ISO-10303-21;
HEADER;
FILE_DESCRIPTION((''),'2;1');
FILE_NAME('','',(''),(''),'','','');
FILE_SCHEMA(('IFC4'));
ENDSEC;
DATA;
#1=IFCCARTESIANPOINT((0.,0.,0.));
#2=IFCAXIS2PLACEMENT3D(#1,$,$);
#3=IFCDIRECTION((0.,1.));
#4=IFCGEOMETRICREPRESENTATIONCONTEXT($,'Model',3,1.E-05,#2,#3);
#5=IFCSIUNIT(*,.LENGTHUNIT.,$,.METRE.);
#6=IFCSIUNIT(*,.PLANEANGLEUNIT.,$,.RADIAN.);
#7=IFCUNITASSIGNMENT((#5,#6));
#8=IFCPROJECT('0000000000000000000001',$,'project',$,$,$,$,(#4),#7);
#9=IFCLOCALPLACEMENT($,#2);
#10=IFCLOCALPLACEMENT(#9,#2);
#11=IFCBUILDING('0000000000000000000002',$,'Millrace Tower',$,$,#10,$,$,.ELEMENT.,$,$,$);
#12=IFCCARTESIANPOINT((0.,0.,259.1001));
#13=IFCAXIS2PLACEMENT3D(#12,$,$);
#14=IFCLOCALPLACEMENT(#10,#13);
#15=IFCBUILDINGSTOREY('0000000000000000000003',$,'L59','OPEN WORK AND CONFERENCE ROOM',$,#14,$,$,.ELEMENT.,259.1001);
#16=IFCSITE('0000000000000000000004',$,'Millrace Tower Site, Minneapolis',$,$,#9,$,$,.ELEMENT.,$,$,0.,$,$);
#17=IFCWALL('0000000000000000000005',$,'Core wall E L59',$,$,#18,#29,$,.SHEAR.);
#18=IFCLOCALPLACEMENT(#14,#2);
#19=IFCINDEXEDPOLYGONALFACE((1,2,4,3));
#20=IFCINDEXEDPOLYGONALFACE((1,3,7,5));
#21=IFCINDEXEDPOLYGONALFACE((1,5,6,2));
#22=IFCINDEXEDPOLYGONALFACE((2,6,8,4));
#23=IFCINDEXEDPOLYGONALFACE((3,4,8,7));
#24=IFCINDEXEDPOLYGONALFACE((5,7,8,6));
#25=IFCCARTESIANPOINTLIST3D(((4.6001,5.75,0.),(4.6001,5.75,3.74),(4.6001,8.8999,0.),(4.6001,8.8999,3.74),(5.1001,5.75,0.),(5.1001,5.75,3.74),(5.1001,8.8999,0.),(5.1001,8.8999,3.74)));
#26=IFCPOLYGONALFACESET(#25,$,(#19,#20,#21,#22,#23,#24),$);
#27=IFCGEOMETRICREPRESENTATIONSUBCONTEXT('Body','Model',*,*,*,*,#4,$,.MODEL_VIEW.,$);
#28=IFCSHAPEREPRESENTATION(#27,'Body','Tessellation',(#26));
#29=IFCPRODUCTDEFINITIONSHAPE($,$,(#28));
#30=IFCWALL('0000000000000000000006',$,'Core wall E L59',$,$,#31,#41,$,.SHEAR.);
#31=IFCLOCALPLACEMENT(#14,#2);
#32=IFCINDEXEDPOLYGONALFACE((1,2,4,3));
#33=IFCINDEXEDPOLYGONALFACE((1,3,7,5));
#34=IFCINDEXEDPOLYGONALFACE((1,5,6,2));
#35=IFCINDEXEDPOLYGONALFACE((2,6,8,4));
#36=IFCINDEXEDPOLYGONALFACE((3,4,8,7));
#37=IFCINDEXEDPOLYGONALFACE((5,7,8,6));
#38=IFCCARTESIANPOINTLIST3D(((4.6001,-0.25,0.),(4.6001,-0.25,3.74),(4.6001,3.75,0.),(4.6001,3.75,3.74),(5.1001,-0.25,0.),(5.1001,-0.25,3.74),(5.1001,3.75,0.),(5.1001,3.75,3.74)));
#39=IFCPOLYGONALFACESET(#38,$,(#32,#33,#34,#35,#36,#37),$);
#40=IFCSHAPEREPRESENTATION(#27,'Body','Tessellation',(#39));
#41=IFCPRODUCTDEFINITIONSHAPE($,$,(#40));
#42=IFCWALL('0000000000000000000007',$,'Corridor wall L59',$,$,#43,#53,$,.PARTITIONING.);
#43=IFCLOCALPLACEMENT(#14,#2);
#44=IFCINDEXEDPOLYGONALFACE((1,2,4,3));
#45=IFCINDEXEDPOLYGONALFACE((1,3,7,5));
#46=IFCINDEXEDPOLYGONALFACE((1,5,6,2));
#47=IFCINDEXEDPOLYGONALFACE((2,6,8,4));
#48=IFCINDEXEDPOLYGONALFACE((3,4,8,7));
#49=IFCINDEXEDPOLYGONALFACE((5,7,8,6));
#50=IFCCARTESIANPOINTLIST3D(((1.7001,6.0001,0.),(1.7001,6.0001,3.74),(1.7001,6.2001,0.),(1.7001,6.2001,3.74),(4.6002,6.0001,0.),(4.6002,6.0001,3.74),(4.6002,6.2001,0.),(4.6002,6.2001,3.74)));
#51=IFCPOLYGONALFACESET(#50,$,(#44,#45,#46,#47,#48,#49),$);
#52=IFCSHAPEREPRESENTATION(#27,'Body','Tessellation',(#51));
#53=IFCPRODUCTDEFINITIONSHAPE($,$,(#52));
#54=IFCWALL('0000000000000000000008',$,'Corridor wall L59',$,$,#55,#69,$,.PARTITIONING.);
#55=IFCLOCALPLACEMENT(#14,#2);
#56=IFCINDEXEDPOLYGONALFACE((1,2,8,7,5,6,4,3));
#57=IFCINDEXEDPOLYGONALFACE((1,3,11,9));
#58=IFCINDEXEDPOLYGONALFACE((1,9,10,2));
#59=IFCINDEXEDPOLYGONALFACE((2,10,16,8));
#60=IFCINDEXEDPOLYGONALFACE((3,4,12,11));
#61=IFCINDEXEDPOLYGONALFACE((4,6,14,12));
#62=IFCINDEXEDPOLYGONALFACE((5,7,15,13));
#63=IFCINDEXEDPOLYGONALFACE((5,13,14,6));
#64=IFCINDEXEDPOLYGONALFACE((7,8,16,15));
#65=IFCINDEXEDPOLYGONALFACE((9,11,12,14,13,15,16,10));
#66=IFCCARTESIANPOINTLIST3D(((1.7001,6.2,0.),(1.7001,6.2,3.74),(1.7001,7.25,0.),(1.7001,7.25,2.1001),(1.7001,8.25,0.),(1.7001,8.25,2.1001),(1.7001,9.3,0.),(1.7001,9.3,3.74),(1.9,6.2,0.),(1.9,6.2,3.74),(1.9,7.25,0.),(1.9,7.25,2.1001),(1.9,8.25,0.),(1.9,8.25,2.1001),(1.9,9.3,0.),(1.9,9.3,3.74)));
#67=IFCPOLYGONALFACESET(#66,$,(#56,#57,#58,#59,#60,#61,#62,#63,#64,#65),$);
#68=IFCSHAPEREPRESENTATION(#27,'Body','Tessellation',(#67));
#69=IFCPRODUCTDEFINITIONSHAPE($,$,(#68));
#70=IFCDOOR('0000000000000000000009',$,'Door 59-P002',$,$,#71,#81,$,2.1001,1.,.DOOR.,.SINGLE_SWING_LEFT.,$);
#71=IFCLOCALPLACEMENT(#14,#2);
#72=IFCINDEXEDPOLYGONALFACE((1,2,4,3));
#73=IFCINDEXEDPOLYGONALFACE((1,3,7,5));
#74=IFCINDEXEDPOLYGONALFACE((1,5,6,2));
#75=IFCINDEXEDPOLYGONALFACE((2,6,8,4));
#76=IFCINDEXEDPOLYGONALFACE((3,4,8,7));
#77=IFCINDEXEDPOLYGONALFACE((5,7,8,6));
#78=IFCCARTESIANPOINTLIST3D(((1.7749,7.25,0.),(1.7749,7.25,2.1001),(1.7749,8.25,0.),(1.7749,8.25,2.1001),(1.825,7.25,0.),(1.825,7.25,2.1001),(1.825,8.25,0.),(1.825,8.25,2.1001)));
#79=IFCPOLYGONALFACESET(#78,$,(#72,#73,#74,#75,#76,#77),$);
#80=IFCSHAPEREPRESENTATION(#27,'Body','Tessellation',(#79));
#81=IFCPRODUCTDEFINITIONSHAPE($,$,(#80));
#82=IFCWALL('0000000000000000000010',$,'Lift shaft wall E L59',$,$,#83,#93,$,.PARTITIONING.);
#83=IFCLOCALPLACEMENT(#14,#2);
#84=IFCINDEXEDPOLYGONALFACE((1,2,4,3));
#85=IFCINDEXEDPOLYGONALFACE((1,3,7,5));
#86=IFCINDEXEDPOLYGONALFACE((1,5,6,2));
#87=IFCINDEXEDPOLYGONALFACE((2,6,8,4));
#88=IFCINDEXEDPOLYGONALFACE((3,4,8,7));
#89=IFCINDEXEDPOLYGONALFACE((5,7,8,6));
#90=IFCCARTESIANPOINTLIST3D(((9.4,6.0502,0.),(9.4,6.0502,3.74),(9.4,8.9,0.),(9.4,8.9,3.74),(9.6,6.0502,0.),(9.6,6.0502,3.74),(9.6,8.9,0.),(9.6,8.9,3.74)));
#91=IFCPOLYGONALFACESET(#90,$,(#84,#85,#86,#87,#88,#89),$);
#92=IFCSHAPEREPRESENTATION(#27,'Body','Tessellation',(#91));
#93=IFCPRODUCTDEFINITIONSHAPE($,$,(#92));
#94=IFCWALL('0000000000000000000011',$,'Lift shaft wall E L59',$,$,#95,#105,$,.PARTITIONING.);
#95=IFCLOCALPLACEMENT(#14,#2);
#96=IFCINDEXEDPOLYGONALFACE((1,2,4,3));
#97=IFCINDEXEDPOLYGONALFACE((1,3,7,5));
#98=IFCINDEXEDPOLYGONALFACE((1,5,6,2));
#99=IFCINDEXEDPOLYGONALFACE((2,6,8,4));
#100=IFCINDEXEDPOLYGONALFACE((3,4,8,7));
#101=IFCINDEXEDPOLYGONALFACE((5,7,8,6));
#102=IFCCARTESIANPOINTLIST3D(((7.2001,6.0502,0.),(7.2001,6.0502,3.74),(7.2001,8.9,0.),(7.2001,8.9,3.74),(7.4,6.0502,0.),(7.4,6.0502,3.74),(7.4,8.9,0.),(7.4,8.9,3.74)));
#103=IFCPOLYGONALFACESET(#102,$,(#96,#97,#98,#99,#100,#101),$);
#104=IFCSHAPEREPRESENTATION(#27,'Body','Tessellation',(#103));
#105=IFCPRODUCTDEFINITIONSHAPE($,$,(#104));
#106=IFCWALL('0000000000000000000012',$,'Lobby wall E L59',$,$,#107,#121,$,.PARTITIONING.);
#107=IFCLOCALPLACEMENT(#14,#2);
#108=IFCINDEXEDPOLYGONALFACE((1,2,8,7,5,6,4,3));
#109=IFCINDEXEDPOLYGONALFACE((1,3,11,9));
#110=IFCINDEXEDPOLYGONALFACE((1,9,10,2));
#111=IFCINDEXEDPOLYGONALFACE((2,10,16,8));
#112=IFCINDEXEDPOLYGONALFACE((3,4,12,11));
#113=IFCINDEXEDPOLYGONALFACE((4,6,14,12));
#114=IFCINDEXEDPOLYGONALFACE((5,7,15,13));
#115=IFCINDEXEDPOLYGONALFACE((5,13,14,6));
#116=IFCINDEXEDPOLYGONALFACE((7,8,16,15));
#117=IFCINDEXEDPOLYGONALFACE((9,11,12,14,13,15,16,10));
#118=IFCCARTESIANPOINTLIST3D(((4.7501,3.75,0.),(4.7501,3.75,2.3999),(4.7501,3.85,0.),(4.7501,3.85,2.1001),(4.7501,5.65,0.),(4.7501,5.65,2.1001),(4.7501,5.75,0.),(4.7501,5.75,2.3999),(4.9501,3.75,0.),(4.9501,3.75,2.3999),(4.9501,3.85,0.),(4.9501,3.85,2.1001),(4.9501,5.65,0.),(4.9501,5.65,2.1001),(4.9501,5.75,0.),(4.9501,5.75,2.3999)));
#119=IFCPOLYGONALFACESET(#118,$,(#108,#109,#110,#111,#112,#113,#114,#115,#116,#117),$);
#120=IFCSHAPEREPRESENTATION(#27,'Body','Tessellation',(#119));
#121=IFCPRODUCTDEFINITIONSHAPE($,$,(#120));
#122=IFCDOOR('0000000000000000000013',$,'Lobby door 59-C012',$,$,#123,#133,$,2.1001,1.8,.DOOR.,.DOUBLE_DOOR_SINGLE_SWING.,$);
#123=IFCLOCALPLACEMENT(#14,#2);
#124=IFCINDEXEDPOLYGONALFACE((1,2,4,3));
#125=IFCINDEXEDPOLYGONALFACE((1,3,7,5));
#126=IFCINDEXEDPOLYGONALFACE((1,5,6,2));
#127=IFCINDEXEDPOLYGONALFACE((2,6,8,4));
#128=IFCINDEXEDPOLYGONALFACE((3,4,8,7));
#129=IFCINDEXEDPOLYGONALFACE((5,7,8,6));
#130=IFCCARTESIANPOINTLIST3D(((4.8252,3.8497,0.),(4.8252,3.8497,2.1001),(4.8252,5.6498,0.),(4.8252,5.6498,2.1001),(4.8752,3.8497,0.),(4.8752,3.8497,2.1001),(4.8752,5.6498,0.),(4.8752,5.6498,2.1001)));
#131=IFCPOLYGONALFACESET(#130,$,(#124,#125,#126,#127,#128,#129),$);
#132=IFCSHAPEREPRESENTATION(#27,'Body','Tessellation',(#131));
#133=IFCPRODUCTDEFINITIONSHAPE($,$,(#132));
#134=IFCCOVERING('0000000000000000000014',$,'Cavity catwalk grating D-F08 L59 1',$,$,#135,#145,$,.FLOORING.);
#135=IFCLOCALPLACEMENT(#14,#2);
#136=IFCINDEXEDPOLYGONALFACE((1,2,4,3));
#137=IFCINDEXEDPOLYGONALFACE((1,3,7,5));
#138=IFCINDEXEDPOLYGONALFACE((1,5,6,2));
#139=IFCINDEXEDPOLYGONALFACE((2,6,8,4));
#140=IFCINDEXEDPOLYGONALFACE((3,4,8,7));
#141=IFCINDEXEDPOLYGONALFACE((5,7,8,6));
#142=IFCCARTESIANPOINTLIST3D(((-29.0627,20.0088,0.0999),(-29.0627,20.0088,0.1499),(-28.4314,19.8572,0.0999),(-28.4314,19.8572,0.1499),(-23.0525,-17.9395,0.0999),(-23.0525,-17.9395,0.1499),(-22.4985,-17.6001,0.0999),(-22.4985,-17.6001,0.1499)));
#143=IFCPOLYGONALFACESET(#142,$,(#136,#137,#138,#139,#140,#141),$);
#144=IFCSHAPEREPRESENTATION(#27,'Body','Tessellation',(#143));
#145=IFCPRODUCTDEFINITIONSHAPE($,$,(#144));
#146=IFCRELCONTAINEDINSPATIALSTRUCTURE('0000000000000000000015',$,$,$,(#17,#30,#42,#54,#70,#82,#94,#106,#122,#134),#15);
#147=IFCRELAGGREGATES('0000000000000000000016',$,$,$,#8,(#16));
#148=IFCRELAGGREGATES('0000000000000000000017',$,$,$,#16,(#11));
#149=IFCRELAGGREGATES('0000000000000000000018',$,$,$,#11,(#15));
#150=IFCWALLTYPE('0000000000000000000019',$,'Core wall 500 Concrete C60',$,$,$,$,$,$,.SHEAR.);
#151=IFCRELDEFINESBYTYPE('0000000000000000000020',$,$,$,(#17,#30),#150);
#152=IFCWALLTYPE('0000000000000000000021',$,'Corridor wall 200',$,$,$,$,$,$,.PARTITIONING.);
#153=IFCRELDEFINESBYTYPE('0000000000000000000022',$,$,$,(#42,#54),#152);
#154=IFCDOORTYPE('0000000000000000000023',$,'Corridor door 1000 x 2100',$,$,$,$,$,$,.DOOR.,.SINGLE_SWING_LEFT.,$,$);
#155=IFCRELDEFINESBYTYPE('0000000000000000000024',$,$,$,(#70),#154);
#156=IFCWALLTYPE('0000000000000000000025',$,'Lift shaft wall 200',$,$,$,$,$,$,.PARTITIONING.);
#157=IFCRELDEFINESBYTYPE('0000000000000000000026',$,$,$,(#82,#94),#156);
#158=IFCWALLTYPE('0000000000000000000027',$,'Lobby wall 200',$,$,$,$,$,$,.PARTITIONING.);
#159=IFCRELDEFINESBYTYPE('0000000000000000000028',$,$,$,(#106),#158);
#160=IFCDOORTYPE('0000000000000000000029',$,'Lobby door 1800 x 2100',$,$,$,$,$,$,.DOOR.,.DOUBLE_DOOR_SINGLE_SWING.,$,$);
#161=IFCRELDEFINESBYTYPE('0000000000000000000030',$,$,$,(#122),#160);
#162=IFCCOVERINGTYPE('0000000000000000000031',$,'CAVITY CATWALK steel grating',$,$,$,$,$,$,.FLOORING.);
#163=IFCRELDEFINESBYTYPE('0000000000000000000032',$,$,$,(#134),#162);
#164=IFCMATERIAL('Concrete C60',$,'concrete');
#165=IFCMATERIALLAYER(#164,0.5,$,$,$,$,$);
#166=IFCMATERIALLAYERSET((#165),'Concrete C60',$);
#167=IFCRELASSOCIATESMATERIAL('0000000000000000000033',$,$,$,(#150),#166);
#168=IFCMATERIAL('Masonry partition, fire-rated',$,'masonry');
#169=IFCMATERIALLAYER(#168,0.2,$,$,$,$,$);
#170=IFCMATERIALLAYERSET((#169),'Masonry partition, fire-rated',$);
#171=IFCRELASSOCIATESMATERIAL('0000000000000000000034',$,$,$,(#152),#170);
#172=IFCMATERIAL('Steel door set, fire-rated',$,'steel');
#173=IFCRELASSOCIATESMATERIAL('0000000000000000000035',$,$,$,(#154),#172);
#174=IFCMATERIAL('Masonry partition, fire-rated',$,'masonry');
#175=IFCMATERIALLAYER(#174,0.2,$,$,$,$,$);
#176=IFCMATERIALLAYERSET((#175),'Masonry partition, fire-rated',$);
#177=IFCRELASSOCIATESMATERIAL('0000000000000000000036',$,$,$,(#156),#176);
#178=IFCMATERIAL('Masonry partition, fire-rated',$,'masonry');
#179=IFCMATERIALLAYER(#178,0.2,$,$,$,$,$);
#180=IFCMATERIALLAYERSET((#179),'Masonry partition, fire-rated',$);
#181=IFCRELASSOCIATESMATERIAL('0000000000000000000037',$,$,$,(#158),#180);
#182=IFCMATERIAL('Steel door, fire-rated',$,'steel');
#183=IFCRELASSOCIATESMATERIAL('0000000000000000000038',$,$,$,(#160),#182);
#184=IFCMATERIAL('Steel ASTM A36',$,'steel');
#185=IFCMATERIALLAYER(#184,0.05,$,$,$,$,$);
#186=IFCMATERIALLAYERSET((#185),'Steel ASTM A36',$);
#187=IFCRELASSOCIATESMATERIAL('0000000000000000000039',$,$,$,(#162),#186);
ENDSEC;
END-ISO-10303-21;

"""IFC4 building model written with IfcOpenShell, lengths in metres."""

from ifc_helpers import new_model, si_unit, direction, frame, frame_2d, origin, place, context, subcontext, project, spatial, polyline, rectangle, outline, extrude, material, layer, layer_set, type_object, element, fill, save


model = new_model("IFC4")

# Units and contexts
model_context = context("Model", 3, precision=1e-05, world=origin(), true_north=direction((0.0, 1.0)))
body_context = subcontext(model_context, "Body", "Model", "MODEL_VIEW")
ifc_project = project(units=[si_unit("LENGTHUNIT", "METRE"), si_unit("PLANEANGLEUNIT", "RADIAN")], contexts=[model_context])

# Site, building, storey
site_placement = place(None, origin())
site = spatial("IfcSite", under=ifc_project, at=site_placement, Name="Millrace Tower Site, Minneapolis", CompositionType="ELEMENT", RefElevation=0.0)
building_placement = place(site_placement, origin())
building = spatial("IfcBuilding", under=site, at=building_placement, Name="Millrace Tower", CompositionType="ELEMENT")
storey_placement = place(building_placement, frame((0.0, 0.0, 259.1001)))
storey = spatial("IfcBuildingStorey", under=building, at=storey_placement, Name="L59", Description="OPEN WORK AND CONFERENCE ROOM", CompositionType="ELEMENT", Elevation=259.1001)

# Walls
ifc_material_1 = material(Name="Concrete C60", Category="concrete")
ifc_layer_1 = layer(ifc_material_1, 0.5)
ifc_layer_set_1 = layer_set([ifc_layer_1], Name="Concrete C60")
wall_type_1 = type_object("IfcWallType", Name="Core wall 500 Concrete C60", PredefinedType="SHEAR", material=ifc_layer_set_1)
wall_1_placement = place(storey_placement, frame((4.8501, 8.8999, 0.0), z_axis=(0.0, 0.0, 1.0), x_axis=(0.0, -1.0, 0.0)))
element("IfcWall", 1, at=wall_1_placement, inside=storey, type_object=wall_type_1, Name="Core wall E L59", PredefinedType="SHEAR", context=body_context, shape_type="SweptSolid", body=[
    extrude(rectangle(XDim=3.1499, YDim=0.5, at=frame_2d((1.575, 0.0))), origin(), (0.0, 0.0, 1.0), 3.74),
])
wall_2_placement = place(storey_placement, frame((4.8501, 3.75, 0.0), z_axis=(0.0, 0.0, 1.0), x_axis=(0.0, -1.0, 0.0)))
element("IfcWall", 2, at=wall_2_placement, inside=storey, type_object=wall_type_1, Name="Core wall E L59", PredefinedType="SHEAR", context=body_context, shape_type="SweptSolid", body=[
    extrude(rectangle(XDim=4.0, YDim=0.5, at=frame_2d((2.0, 0.0))), origin(), (0.0, 0.0, 1.0), 3.74),
])
ifc_material_2 = material(Name="Masonry partition, fire-rated", Category="masonry")
ifc_layer_2 = layer(ifc_material_2, 0.2)
ifc_layer_set_2 = layer_set([ifc_layer_2], Name="Masonry partition, fire-rated")
wall_type_2 = type_object("IfcWallType", Name="Corridor wall 200", PredefinedType="PARTITIONING", material=ifc_layer_set_2)
wall_3_placement = place(storey_placement, frame((1.7, 6.1001, 0.0), z_axis=(0.0, 0.0, 1.0), x_axis=(1.0, 0.0, 0.0)))
element("IfcWall", 3, at=wall_3_placement, inside=storey, type_object=wall_type_2, Name="Corridor wall L59", PredefinedType="PARTITIONING", context=body_context, shape_type="SweptSolid", body=[
    extrude(rectangle(XDim=2.9001, YDim=0.2, at=frame_2d((1.4502, 0.0))), origin(), (0.0, 0.0, 1.0), 3.74),
])

# Wall, opening, door
wall_4_placement = place(storey_placement, frame((1.8, 6.2, 0.0), z_axis=(0.0, 0.0, 1.0), x_axis=(0.0, 1.0, 0.0)))
wall_4 = element("IfcWall", 4, at=wall_4_placement, inside=storey, type_object=wall_type_2, Name="Corridor wall L59", PredefinedType="PARTITIONING", context=body_context, shape_type="SweptSolid", body=[
    extrude(rectangle(XDim=3.1001, YDim=0.2, at=frame_2d((1.55, 0.0))), origin(), (0.0, 0.0, 1.0), 3.74),
])
opening_1_placement = place(wall_4_placement, frame((1.05, 0.0, 0.0)))
opening_1 = element("IfcOpeningElement", 5, at=opening_1_placement, cuts=wall_4, PredefinedType="OPENING", context=body_context, shape_type="SweptSolid", body=[
    extrude(rectangle(XDim=1.0, YDim=2.1001, at=frame_2d((0.5, 1.05))), frame((0.0, 0.1099, 0.0), z_axis=(0.0, -1.0, 0.0), x_axis=(1.0, 0.0, 0.0)), (0.0, 0.0, 1.0), 0.22),
])
ifc_material_3 = material(Name="Steel door set, fire-rated", Category="steel")
door_type_1 = type_object("IfcDoorType", Name="Corridor door 1000 x 2100", OperationType="SINGLE_SWING_LEFT", PredefinedType="DOOR", material=ifc_material_3)
door_1_placement = place(opening_1_placement, frame((1.0, 0.0, 0.0), z_axis=(0.0, 0.0, 1.0), x_axis=(-1.0, 0.0, 0.0)))
door_1 = element("IfcDoor", 6, at=door_1_placement, inside=storey, type_object=door_type_1, Name="Door 59-P002", OperationType="SINGLE_SWING_LEFT", OverallHeight=2.1001, OverallWidth=1.0, PredefinedType="DOOR", context=body_context, shape_type="SweptSolid", body=[
    extrude(rectangle(XDim=1.0, YDim=2.1001, at=frame_2d((0.5, 1.05))), frame((0.0, 0.0249, 0.0), z_axis=(0.0, -1.0, 0.0), x_axis=(1.0, 0.0, 0.0)), (0.0, 0.0, 1.0), 0.05),
])
fill(opening_1, door_1)

# Walls
ifc_material_4 = material(Name="Masonry partition, fire-rated", Category="masonry")
ifc_layer_3 = layer(ifc_material_4, 0.2)
ifc_layer_set_3 = layer_set([ifc_layer_3], Name="Masonry partition, fire-rated")
wall_type_3 = type_object("IfcWallType", Name="Lift shaft wall 200", PredefinedType="PARTITIONING", material=ifc_layer_set_3)
for number, where, z_axis, x_axis, name in (
    (7, (9.5, 8.8999, 0.0), (0.0, 0.0, 1.0), (0.0, -1.0, 0.0), "Lift shaft wall E L59"),
    (8, (7.3, 8.8999, 0.0), (0.0, 0.0, 1.0), (0.0, -1.0, 0.0), "Lift shaft wall E L59"),
):
    element("IfcWall", number, at=place(storey_placement, frame(where, z_axis=z_axis, x_axis=x_axis)), inside=storey, type_object=wall_type_3, Name=name, PredefinedType="PARTITIONING", context=body_context, shape_type="SweptSolid", body=[
        extrude(rectangle(XDim=2.8499, YDim=0.2, at=frame_2d((1.4248, 0.0))), origin(), (0.0, 0.0, 1.0), 3.74),
    ])

# Wall, opening, door
ifc_material_5 = material(Name="Masonry partition, fire-rated", Category="masonry")
ifc_layer_4 = layer(ifc_material_5, 0.2)
ifc_layer_set_4 = layer_set([ifc_layer_4], Name="Masonry partition, fire-rated")
wall_type_4 = type_object("IfcWallType", Name="Lobby wall 200", PredefinedType="PARTITIONING", material=ifc_layer_set_4)
wall_5_placement = place(storey_placement, frame((4.8501, 5.75, 0.0), z_axis=(0.0, 0.0, 1.0), x_axis=(0.0, -1.0, 0.0)))
wall_5 = element("IfcWall", 9, at=wall_5_placement, inside=storey, type_object=wall_type_4, Name="Lobby wall E L59", PredefinedType="PARTITIONING", context=body_context, shape_type="SweptSolid", body=[
    extrude(rectangle(XDim=2.0, YDim=0.2, at=frame_2d((1.0, 0.0))), origin(), (0.0, 0.0, 1.0), 2.3999),
])
opening_2_placement = place(wall_5_placement, frame((0.1001, 0.0, 0.0)))
opening_2 = element("IfcOpeningElement", 10, at=opening_2_placement, cuts=wall_5, PredefinedType="OPENING", context=body_context, shape_type="SweptSolid", body=[
    extrude(rectangle(XDim=1.8, YDim=2.1001, at=frame_2d((0.8999, 1.05))), frame((0.0, 0.1099, 0.0), z_axis=(0.0, -1.0, 0.0), x_axis=(1.0, 0.0, 0.0)), (0.0, 0.0, 1.0), 0.22),
])
ifc_material_6 = material(Name="Steel door, fire-rated", Category="steel")
door_type_2 = type_object("IfcDoorType", Name="Lobby door 1800 x 2100", OperationType="DOUBLE_DOOR_SINGLE_SWING", PredefinedType="DOOR", material=ifc_material_6)
door_2_placement = place(opening_2_placement, frame((1.8, 0.0, 0.0), z_axis=(0.0, 0.0, 1.0), x_axis=(-1.0, 0.0, 0.0)))
door_2 = element("IfcDoor", 11, at=door_2_placement, inside=storey, type_object=door_type_2, Name="Lobby door 59-C012", OperationType="DOUBLE_DOOR_SINGLE_SWING", OverallHeight=2.1001, OverallWidth=1.8, PredefinedType="DOOR", context=body_context, shape_type="SweptSolid", body=[
    extrude(rectangle(XDim=1.8, YDim=2.1001, at=frame_2d((0.8999, 1.05))), frame((0.0, 0.0249, 0.0), z_axis=(0.0, -1.0, 0.0), x_axis=(1.0, 0.0, 0.0)), (0.0, 0.0, 1.0), 0.05),
])
fill(opening_2, door_2)

# Covering
ifc_material_7 = material(Name="Steel ASTM A36", Category="steel")
ifc_layer_5 = layer(ifc_material_7, 0.05)
ifc_layer_set_5 = layer_set([ifc_layer_5], Name="Steel ASTM A36")
covering_type = type_object("IfcCoveringType", Name="CAVITY CATWALK steel grating", PredefinedType="FLOORING", material=ifc_layer_set_5)
covering_placement = place(storey_placement, frame((0.0, 0.0, 0.0999)))
element("IfcCovering", 12, at=covering_placement, inside=storey, type_object=covering_type, Name="Cavity catwalk grating D-F08 L59 1", PredefinedType="FLOORING", context=body_context, shape_type="SweptSolid", body=[
    extrude(outline(polyline([(-29.0627, 20.0088), (-23.0525, -17.9395), (-22.4985, -17.6001), (-28.4314, 19.8572), (-29.0627, 20.0088)])), origin(), (0.0, 0.0, 1.0), 0.05),
])

save(model, "model.ifc")
